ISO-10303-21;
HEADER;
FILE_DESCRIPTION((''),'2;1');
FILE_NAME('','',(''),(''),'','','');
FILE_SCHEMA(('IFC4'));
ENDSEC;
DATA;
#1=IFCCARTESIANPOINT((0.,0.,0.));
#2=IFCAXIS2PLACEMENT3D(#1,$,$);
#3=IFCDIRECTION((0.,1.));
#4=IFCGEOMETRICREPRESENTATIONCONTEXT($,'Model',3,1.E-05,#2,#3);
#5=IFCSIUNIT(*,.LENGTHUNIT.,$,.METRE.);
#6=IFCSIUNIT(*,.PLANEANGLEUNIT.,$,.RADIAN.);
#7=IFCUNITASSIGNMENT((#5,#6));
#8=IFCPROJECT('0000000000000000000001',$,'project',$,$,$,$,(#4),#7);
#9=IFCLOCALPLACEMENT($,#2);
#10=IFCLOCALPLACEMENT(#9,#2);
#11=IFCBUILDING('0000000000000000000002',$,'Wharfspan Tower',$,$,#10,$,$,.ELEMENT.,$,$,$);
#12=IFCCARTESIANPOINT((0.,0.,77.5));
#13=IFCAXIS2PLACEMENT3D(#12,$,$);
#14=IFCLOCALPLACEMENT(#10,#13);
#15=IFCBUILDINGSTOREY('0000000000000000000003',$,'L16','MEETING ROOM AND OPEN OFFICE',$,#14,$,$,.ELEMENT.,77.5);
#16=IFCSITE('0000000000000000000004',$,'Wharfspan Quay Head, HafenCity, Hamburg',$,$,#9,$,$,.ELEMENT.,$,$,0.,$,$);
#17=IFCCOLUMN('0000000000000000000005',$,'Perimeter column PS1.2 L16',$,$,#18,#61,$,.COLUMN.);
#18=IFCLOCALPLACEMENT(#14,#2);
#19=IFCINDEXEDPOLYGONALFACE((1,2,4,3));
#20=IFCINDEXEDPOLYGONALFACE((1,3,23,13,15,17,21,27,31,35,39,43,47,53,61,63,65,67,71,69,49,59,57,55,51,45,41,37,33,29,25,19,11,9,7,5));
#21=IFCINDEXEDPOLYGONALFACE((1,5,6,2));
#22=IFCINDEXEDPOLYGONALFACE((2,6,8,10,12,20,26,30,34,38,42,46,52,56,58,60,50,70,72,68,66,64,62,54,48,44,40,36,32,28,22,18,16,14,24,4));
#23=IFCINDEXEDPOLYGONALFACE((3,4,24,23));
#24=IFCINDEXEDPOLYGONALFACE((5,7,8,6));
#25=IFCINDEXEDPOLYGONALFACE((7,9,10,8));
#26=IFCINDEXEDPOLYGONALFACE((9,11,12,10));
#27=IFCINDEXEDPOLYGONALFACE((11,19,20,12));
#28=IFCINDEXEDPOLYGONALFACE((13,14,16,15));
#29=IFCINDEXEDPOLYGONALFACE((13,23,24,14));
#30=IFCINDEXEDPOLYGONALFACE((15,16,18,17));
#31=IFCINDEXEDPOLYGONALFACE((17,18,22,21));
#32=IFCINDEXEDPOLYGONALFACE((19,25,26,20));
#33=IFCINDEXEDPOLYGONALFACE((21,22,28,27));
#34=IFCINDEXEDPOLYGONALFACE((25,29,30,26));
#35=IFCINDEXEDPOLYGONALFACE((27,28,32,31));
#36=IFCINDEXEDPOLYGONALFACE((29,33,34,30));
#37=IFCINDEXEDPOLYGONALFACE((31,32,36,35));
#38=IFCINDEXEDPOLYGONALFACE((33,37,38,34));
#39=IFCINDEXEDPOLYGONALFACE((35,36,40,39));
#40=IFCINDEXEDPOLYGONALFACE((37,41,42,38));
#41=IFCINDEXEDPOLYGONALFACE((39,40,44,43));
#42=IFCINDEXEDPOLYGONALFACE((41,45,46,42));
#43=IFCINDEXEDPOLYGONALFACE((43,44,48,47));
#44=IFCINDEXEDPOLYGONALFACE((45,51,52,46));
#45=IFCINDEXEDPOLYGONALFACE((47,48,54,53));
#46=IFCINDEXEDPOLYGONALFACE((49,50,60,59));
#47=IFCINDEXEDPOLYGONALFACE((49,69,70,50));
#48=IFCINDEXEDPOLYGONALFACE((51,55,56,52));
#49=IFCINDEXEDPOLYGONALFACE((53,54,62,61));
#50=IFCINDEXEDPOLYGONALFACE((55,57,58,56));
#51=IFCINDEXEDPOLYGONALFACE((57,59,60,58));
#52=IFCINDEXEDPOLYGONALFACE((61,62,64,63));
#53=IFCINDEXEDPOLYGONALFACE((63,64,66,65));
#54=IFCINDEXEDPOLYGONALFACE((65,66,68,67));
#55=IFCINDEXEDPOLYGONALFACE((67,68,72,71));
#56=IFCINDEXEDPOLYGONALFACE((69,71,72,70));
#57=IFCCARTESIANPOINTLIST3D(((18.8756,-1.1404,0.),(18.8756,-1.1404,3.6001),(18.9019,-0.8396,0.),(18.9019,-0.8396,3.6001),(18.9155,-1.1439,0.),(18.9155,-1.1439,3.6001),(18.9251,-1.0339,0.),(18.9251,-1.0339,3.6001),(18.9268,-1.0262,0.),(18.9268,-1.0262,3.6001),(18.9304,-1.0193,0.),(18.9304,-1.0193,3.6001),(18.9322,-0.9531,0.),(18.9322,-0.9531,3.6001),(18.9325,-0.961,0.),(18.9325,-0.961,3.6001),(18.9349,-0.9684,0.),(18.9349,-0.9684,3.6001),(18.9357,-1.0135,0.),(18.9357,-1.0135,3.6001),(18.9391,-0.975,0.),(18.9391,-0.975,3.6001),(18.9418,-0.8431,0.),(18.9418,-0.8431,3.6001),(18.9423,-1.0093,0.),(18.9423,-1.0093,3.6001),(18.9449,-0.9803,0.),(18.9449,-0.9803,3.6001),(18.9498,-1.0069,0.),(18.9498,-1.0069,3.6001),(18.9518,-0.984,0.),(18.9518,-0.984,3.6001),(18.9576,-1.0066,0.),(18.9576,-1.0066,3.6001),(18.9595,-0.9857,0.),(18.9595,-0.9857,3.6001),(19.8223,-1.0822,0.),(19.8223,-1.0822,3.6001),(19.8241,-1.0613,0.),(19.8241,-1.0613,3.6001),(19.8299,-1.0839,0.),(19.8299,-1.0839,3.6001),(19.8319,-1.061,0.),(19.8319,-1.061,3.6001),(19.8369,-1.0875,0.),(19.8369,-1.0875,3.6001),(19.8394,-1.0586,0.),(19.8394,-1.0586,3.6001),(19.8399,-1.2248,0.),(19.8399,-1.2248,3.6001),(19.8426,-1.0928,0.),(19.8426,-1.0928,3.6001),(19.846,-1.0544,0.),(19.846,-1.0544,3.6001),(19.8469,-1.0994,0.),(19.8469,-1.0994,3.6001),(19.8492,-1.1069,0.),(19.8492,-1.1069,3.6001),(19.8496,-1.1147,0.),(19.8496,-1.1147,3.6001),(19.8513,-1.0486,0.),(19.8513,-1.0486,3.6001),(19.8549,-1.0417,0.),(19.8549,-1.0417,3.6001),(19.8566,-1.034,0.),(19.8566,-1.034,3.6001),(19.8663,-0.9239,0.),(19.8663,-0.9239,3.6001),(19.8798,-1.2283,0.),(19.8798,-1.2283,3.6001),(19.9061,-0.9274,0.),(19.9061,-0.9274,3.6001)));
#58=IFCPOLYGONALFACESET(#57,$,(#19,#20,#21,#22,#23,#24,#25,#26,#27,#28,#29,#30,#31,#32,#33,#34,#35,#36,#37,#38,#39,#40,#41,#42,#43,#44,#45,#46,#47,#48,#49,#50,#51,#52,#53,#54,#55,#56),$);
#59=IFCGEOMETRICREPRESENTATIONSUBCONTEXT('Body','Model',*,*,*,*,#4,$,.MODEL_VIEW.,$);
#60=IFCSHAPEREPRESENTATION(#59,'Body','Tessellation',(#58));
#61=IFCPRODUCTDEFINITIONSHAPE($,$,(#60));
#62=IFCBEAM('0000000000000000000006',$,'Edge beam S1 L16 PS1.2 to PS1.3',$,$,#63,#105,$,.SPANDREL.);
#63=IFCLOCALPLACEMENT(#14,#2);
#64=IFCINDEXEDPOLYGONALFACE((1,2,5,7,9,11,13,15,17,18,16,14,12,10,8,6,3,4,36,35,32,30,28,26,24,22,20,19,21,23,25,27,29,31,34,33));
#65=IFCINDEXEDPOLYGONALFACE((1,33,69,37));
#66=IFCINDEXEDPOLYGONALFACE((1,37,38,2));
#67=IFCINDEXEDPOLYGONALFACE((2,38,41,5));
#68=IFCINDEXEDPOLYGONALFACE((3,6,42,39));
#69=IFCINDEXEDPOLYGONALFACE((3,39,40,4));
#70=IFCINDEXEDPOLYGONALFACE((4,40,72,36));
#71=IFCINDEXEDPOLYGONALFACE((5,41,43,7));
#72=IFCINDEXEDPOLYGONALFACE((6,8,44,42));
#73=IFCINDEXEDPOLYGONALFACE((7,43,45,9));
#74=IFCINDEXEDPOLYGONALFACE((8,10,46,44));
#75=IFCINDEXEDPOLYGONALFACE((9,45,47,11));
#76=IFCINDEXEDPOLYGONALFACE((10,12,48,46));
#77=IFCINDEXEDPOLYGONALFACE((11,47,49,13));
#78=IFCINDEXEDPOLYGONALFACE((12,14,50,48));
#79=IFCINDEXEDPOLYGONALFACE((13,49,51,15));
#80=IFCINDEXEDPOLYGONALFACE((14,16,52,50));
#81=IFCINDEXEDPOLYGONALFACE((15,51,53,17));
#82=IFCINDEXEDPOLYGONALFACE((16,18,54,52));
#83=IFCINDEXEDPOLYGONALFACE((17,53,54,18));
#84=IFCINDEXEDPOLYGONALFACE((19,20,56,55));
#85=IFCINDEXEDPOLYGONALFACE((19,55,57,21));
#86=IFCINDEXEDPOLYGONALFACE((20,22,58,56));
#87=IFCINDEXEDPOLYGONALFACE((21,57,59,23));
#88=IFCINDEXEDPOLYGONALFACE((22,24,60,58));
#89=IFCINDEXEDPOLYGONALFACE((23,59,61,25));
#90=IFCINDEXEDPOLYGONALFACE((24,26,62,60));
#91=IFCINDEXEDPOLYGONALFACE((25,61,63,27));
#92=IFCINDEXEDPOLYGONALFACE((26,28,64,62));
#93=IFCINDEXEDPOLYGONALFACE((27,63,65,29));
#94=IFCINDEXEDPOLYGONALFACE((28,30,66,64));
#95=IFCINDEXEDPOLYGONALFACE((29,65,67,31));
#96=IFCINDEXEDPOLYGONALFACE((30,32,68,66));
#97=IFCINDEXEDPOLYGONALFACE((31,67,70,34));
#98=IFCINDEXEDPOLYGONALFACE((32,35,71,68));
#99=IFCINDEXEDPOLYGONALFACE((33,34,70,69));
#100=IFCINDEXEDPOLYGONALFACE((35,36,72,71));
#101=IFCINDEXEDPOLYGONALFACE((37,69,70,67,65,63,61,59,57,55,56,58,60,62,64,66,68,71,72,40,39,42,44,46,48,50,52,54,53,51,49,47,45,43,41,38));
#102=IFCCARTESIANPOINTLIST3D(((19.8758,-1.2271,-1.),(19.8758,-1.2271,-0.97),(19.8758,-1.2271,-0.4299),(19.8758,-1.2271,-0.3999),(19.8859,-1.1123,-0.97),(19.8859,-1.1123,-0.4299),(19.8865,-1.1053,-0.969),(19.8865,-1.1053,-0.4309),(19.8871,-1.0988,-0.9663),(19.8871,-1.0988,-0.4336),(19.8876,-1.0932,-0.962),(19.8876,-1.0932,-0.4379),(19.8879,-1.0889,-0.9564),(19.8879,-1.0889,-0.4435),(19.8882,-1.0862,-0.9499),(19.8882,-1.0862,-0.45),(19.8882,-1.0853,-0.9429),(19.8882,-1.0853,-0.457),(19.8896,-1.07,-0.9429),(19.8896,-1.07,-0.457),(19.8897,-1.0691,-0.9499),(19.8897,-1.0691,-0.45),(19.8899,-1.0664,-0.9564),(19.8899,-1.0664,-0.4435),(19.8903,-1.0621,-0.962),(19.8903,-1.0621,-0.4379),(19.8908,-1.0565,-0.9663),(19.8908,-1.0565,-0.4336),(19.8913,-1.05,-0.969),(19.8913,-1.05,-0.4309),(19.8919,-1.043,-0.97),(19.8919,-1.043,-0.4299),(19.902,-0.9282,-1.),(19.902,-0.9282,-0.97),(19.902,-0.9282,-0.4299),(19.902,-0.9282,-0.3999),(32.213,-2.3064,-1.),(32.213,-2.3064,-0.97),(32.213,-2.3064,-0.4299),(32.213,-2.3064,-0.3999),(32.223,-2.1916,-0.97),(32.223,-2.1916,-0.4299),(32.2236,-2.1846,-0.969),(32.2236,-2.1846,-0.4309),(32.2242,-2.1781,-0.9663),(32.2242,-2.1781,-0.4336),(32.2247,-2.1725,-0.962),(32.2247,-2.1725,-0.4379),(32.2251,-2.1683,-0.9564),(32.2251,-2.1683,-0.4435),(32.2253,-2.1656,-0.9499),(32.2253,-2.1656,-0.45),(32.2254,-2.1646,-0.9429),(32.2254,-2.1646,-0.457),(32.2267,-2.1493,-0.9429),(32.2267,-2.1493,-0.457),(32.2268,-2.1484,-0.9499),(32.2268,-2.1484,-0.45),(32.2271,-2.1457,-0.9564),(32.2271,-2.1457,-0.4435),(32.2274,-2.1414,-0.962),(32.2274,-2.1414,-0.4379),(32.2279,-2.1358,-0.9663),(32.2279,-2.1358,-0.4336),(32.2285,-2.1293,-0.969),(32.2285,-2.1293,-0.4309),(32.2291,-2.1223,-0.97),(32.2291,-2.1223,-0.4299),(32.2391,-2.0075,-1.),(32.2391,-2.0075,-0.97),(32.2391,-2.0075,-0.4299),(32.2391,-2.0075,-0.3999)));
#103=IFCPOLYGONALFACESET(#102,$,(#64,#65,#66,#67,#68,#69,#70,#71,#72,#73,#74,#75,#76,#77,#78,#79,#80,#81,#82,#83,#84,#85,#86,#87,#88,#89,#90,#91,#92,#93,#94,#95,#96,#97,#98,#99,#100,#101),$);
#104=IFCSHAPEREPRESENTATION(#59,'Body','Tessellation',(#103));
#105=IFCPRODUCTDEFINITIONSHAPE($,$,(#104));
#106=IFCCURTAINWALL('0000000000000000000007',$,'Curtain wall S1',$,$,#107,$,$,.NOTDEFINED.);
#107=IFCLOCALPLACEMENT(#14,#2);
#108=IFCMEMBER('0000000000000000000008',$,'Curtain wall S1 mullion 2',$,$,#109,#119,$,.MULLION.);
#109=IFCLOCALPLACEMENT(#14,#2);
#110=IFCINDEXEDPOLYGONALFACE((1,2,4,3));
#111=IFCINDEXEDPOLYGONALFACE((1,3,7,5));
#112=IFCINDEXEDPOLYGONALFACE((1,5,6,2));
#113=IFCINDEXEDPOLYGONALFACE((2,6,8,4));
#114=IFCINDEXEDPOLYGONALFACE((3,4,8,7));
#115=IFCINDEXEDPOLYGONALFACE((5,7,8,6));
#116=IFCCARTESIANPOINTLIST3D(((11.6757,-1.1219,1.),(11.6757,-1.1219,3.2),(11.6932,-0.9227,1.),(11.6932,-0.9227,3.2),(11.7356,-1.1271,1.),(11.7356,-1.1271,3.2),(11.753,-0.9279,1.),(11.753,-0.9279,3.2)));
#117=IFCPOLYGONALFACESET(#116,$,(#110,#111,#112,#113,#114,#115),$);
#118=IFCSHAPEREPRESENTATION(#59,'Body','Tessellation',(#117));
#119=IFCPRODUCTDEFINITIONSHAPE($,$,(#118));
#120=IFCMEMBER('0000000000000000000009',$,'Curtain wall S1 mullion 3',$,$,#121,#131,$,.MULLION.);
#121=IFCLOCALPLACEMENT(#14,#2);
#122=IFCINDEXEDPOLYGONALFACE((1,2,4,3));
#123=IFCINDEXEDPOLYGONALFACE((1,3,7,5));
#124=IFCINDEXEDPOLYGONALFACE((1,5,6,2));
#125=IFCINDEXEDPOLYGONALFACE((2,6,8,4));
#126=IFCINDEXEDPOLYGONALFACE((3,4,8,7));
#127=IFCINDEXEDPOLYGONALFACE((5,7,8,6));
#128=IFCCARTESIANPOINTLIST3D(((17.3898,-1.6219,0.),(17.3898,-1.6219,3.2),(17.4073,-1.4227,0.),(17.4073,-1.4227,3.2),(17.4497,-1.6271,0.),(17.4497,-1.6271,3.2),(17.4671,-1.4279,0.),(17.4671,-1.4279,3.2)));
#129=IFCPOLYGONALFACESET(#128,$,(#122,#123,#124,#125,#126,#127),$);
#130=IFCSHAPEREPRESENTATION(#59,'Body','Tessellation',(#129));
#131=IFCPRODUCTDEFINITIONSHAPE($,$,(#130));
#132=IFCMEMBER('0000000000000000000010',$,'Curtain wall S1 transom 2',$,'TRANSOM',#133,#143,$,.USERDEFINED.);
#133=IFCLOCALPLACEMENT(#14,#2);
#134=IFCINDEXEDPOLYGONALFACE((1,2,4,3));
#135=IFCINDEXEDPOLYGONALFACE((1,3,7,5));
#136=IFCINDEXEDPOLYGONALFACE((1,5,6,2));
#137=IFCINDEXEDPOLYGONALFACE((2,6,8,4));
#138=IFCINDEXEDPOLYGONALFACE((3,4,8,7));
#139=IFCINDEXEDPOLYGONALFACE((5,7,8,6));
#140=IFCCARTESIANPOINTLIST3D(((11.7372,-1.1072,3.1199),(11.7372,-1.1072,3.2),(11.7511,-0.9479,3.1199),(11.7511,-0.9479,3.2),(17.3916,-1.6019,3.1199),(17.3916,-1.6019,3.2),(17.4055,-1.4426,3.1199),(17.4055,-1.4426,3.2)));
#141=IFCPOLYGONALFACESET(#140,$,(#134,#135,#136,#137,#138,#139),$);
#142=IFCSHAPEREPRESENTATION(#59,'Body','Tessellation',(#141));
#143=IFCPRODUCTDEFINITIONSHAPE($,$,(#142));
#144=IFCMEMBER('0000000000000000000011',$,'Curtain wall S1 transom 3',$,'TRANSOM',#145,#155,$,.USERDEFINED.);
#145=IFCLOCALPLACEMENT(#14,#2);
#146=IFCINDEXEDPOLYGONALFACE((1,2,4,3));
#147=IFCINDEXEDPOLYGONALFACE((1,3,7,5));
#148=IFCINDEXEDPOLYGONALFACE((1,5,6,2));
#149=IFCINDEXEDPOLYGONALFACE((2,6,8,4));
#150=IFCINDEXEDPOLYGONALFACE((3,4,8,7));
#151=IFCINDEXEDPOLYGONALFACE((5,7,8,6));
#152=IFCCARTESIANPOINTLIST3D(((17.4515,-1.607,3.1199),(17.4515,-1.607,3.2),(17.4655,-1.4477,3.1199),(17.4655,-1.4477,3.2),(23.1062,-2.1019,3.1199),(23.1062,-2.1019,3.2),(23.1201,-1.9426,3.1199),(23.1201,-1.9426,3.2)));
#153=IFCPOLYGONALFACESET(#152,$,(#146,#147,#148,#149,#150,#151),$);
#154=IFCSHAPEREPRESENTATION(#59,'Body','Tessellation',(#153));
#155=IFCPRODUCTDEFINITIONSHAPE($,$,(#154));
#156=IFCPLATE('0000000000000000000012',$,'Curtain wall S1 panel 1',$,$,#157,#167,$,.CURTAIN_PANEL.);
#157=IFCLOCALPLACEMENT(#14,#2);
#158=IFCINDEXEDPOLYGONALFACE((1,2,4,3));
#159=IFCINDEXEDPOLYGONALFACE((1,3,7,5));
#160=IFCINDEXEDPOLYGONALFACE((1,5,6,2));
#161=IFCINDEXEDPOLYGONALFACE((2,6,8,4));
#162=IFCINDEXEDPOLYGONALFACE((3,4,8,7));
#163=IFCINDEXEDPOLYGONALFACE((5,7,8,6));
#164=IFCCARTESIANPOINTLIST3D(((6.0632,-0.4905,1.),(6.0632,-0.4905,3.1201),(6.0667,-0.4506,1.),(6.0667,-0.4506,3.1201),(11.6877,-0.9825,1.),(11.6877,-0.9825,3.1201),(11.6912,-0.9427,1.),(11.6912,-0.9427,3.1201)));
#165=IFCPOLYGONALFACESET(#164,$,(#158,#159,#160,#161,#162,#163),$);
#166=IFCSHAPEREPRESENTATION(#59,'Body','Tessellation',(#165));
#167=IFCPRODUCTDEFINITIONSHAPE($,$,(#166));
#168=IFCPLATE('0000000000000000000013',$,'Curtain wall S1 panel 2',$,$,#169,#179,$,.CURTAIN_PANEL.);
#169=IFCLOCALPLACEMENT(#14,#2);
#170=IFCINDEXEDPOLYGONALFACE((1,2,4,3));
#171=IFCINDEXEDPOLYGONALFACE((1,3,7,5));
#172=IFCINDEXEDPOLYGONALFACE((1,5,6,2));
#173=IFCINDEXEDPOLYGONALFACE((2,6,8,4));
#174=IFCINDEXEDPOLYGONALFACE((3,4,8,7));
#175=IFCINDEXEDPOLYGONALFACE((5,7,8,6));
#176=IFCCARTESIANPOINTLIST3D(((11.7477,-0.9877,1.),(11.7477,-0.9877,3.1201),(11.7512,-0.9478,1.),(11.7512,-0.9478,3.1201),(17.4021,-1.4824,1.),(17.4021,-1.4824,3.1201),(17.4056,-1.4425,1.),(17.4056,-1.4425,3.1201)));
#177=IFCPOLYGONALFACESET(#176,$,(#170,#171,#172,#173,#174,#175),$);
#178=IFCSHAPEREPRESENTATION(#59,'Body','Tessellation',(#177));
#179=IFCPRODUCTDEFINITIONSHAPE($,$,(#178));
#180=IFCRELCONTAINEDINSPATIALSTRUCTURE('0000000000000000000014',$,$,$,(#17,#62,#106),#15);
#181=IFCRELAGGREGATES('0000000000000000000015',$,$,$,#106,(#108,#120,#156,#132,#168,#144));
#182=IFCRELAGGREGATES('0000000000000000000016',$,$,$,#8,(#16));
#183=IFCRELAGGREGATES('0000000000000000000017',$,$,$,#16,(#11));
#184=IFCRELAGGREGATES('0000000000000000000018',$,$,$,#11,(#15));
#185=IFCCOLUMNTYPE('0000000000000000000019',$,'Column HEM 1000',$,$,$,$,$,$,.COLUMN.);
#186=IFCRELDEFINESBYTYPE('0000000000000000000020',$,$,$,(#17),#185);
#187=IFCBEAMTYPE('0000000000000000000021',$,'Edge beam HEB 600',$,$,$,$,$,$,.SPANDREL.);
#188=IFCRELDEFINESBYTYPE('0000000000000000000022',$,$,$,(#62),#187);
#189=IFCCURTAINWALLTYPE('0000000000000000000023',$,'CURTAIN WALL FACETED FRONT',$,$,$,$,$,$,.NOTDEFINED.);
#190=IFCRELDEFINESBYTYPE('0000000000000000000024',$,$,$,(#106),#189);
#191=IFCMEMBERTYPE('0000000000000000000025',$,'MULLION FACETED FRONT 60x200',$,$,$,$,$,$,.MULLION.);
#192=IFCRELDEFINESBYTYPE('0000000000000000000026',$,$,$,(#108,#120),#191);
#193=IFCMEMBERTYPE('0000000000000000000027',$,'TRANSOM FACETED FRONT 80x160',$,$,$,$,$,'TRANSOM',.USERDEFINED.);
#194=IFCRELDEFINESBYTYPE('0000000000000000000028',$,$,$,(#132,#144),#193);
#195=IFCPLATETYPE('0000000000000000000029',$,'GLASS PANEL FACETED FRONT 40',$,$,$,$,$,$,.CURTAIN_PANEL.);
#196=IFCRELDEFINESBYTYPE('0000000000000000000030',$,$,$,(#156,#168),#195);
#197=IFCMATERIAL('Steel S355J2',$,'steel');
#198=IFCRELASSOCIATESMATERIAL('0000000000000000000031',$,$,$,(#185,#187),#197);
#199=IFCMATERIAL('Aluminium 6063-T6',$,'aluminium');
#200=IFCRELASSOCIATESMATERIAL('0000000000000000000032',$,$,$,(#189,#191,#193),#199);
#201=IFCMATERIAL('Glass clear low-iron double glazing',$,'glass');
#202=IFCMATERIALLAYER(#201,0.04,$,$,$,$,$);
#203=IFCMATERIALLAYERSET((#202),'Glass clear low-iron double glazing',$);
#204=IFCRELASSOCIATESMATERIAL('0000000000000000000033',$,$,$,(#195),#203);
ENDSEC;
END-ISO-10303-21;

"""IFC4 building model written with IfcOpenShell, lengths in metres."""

from ifc_helpers import new_model, si_unit, direction, frame, origin, origin_2d, place, context, subcontext, project, spatial, rectangle, i_section, extrude, material, layer, layer_set, material_profile, profile_set, type_object, element, aggregate, save


model = new_model("IFC4")

# Units and contexts
model_context = context("Model", 3, precision=1e-05, world=origin(), true_north=direction((0.0, 1.0)))
body_context = subcontext(model_context, "Body", "Model", "MODEL_VIEW")
ifc_project = project(units=[si_unit("LENGTHUNIT", "METRE"), si_unit("PLANEANGLEUNIT", "RADIAN")], contexts=[model_context])

# Site, building, storey
site_placement = place(None, origin())
site = spatial("IfcSite", under=ifc_project, at=site_placement, Name="Wharfspan Quay Head, HafenCity, Hamburg", CompositionType="ELEMENT", RefElevation=0.0)
building_placement = place(site_placement, origin())
building = spatial("IfcBuilding", under=site, at=building_placement, Name="Wharfspan Tower", CompositionType="ELEMENT")
storey_placement = place(building_placement, frame((0.0, 0.0, 77.5)))
storey = spatial("IfcBuildingStorey", under=building, at=storey_placement, Name="L16", Description="MEETING ROOM AND OPEN OFFICE", CompositionType="ELEMENT", Elevation=77.5)

# Column
ifc_material_1 = material(Name="Steel S355J2", Category="steel")
ifc_material_profile_1 = material_profile(ifc_material_1, i_section(OverallWidth=0.302, OverallDepth=1.0081, WebThickness=0.021, FlangeThickness=0.04, FilletRadius=0.03, at=origin_2d()))
ifc_profile_set_1 = profile_set([ifc_material_profile_1], Name="Steel S355J2")
column_type = type_object("IfcColumnType", Name="Column HEM 1000", PredefinedType="COLUMN", material=ifc_profile_set_1)
column_placement = place(storey_placement, frame((19.3909, -1.0339, 0.0), z_axis=(0.0, 0.0, 1.0), x_axis=(-0.087156, -0.996198, 0.0)))
element("IfcColumn", 1, at=column_placement, inside=storey, type_object=column_type, Name="Perimeter column PS1.2 L16", PredefinedType="COLUMN", context=body_context, shape_type="SweptSolid", body=[
    extrude(i_section(OverallWidth=0.302, OverallDepth=1.0081, WebThickness=0.021, FlangeThickness=0.04, FilletRadius=0.03, at=origin_2d()), origin(), (0.0, 0.0, 1.0), 3.6001),
])

# Beam
ifc_material_profile_2 = material_profile(ifc_material_1, i_section(OverallWidth=0.3, OverallDepth=0.6001, WebThickness=0.0154, FlangeThickness=0.03, FilletRadius=0.0271, at=origin_2d()))
ifc_profile_set_2 = profile_set([ifc_material_profile_2], Name="Steel S355J2")
beam_type = type_object("IfcBeamType", Name="Edge beam HEB 600", PredefinedType="SPANDREL", material=ifc_profile_set_2)
beam_placement = place(storey_placement, frame((19.8889, -1.0776, -0.7), z_axis=(0.996195, -0.087154, 0.0), x_axis=(0.087154, 0.996195, 0.0)))
element("IfcBeam", 2, at=beam_placement, inside=storey, type_object=beam_type, Name="Edge beam S1 L16 PS1.2 to PS1.3", PredefinedType="SPANDREL", context=body_context, shape_type="SweptSolid", body=[
    extrude(i_section(OverallWidth=0.3, OverallDepth=0.6001, WebThickness=0.0154, FlangeThickness=0.03, FilletRadius=0.0271, at=origin_2d()), origin(), (0.0, 0.0, 1.0), 12.3843),
])

# Curtain wall, members, plates
ifc_material_2 = material(Name="Aluminium 6063-T6", Category="aluminium")
curtain_wall_type = type_object("IfcCurtainWallType", Name="CURTAIN WALL FACETED FRONT", PredefinedType="NOTDEFINED", material=ifc_material_2)
curtain_wall_placement = place(storey_placement, origin())
curtain_wall = element("IfcCurtainWall", 3, at=curtain_wall_placement, inside=storey, type_object=curtain_wall_type, Name="Curtain wall S1", PredefinedType="NOTDEFINED")
ifc_material_profile_3 = material_profile(ifc_material_2, rectangle(XDim=0.2, YDim=0.0601, at=origin_2d()))
ifc_profile_set_3 = profile_set([ifc_material_profile_3], Name="Aluminium 6063-T6")
member_type_1 = type_object("IfcMemberType", Name="MULLION FACETED FRONT 60x200", PredefinedType="MULLION", material=ifc_profile_set_3)
member_1_placement = place(storey_placement, frame((11.7144, -1.0249, 1.0), z_axis=(0.0, 0.0, 1.0), x_axis=(0.087156, 0.996197, 0.0)))
member_1 = element("IfcMember", 4, at=member_1_placement, type_object=member_type_1, Name="Curtain wall S1 mullion 2", PredefinedType="MULLION", context=body_context, shape_type="SweptSolid", body=[
    extrude(rectangle(XDim=0.2, YDim=0.0601, at=origin_2d()), origin(), (0.0, 0.0, 1.0), 2.2),
])
member_2_placement = place(storey_placement, frame((17.4285, -1.5249, 0.0), z_axis=(0.0, 0.0, 1.0), x_axis=(0.087156, 0.996197, 0.0)))
member_2 = element("IfcMember", 5, at=member_2_placement, type_object=member_type_1, Name="Curtain wall S1 mullion 3", PredefinedType="MULLION", context=body_context, shape_type="SweptSolid", body=[
    extrude(rectangle(XDim=0.2, YDim=0.0601, at=origin_2d()), origin(), (0.0, 0.0, 1.0), 3.2),
])
ifc_material_profile_4 = material_profile(ifc_material_2, rectangle(XDim=0.1599, YDim=0.0801, at=origin_2d()))
ifc_profile_set_4 = profile_set([ifc_material_profile_4], Name="Aluminium 6063-T6")
member_type_2 = type_object("IfcMemberType", Name="TRANSOM FACETED FRONT 80x160", ElementType="TRANSOM", PredefinedType="USERDEFINED", material=ifc_profile_set_4)
member_3_placement = place(storey_placement, frame((11.7441, -1.0276, 3.1599), z_axis=(0.996196, -0.087142, 0.0), x_axis=(0.087142, 0.996196, 0.0)))
member_3 = element("IfcMember", 6, at=member_3_placement, type_object=member_type_2, Name="Curtain wall S1 transom 2", ObjectType="TRANSOM", PredefinedType="USERDEFINED", context=body_context, shape_type="SweptSolid", body=[
    extrude(rectangle(XDim=0.1599, YDim=0.0801, at=origin_2d()), origin(), (0.0, 0.0, 1.0), 5.676),
])
member_4_placement = place(storey_placement, frame((17.4585, -1.5273, 3.1599), z_axis=(0.996192, -0.087185, 0.0), x_axis=(0.087185, 0.996192, 0.0)))
member_4 = element("IfcMember", 7, at=member_4_placement, type_object=member_type_2, Name="Curtain wall S1 transom 3", ObjectType="TRANSOM", PredefinedType="USERDEFINED", context=body_context, shape_type="SweptSolid", body=[
    extrude(rectangle(XDim=0.1599, YDim=0.0801, at=origin_2d()), origin(), (0.0, 0.0, 1.0), 5.6763),
])
ifc_material_3 = material(Name="Glass clear low-iron double glazing", Category="glass")
ifc_layer_1 = layer(ifc_material_3, 0.04)
ifc_layer_set_1 = layer_set([ifc_layer_1], Name="Glass clear low-iron double glazing")
plate_type_1 = type_object("IfcPlateType", Name="GLASS PANEL FACETED FRONT 40", PredefinedType="CURTAIN_PANEL", material=ifc_layer_set_1)
plate_1_placement = place(storey_placement, frame((8.8772, -0.7166, 1.0), z_axis=(0.0, 0.0, 1.0), x_axis=(0.996197, -0.087156, 0.0)))
plate_1 = element("IfcPlate", 8, at=plate_1_placement, type_object=plate_type_1, Name="Curtain wall S1 panel 1", PredefinedType="CURTAIN_PANEL", context=body_context, shape_type="SweptSolid", body=[
    extrude(rectangle(XDim=5.646, YDim=0.04, at=origin_2d()), origin(), (0.0, 0.0, 1.0), 2.1201),
])
plate_2_placement = place(storey_placement, frame((14.5767, -1.2151, 1.0), z_axis=(0.0, 0.0, 1.0), x_axis=(0.996197, -0.087156, 0.0)))
plate_2 = element("IfcPlate", 9, at=plate_2_placement, type_object=plate_type_1, Name="Curtain wall S1 panel 2", PredefinedType="CURTAIN_PANEL", context=body_context, shape_type="SweptSolid", body=[
    extrude(rectangle(XDim=5.676, YDim=0.04, at=origin_2d()), origin(), (0.0, 0.0, 1.0), 2.1201),
])
aggregate(curtain_wall, [member_1, member_2, plate_1, member_3, plate_2, member_4])

save(model, "model.ifc")
